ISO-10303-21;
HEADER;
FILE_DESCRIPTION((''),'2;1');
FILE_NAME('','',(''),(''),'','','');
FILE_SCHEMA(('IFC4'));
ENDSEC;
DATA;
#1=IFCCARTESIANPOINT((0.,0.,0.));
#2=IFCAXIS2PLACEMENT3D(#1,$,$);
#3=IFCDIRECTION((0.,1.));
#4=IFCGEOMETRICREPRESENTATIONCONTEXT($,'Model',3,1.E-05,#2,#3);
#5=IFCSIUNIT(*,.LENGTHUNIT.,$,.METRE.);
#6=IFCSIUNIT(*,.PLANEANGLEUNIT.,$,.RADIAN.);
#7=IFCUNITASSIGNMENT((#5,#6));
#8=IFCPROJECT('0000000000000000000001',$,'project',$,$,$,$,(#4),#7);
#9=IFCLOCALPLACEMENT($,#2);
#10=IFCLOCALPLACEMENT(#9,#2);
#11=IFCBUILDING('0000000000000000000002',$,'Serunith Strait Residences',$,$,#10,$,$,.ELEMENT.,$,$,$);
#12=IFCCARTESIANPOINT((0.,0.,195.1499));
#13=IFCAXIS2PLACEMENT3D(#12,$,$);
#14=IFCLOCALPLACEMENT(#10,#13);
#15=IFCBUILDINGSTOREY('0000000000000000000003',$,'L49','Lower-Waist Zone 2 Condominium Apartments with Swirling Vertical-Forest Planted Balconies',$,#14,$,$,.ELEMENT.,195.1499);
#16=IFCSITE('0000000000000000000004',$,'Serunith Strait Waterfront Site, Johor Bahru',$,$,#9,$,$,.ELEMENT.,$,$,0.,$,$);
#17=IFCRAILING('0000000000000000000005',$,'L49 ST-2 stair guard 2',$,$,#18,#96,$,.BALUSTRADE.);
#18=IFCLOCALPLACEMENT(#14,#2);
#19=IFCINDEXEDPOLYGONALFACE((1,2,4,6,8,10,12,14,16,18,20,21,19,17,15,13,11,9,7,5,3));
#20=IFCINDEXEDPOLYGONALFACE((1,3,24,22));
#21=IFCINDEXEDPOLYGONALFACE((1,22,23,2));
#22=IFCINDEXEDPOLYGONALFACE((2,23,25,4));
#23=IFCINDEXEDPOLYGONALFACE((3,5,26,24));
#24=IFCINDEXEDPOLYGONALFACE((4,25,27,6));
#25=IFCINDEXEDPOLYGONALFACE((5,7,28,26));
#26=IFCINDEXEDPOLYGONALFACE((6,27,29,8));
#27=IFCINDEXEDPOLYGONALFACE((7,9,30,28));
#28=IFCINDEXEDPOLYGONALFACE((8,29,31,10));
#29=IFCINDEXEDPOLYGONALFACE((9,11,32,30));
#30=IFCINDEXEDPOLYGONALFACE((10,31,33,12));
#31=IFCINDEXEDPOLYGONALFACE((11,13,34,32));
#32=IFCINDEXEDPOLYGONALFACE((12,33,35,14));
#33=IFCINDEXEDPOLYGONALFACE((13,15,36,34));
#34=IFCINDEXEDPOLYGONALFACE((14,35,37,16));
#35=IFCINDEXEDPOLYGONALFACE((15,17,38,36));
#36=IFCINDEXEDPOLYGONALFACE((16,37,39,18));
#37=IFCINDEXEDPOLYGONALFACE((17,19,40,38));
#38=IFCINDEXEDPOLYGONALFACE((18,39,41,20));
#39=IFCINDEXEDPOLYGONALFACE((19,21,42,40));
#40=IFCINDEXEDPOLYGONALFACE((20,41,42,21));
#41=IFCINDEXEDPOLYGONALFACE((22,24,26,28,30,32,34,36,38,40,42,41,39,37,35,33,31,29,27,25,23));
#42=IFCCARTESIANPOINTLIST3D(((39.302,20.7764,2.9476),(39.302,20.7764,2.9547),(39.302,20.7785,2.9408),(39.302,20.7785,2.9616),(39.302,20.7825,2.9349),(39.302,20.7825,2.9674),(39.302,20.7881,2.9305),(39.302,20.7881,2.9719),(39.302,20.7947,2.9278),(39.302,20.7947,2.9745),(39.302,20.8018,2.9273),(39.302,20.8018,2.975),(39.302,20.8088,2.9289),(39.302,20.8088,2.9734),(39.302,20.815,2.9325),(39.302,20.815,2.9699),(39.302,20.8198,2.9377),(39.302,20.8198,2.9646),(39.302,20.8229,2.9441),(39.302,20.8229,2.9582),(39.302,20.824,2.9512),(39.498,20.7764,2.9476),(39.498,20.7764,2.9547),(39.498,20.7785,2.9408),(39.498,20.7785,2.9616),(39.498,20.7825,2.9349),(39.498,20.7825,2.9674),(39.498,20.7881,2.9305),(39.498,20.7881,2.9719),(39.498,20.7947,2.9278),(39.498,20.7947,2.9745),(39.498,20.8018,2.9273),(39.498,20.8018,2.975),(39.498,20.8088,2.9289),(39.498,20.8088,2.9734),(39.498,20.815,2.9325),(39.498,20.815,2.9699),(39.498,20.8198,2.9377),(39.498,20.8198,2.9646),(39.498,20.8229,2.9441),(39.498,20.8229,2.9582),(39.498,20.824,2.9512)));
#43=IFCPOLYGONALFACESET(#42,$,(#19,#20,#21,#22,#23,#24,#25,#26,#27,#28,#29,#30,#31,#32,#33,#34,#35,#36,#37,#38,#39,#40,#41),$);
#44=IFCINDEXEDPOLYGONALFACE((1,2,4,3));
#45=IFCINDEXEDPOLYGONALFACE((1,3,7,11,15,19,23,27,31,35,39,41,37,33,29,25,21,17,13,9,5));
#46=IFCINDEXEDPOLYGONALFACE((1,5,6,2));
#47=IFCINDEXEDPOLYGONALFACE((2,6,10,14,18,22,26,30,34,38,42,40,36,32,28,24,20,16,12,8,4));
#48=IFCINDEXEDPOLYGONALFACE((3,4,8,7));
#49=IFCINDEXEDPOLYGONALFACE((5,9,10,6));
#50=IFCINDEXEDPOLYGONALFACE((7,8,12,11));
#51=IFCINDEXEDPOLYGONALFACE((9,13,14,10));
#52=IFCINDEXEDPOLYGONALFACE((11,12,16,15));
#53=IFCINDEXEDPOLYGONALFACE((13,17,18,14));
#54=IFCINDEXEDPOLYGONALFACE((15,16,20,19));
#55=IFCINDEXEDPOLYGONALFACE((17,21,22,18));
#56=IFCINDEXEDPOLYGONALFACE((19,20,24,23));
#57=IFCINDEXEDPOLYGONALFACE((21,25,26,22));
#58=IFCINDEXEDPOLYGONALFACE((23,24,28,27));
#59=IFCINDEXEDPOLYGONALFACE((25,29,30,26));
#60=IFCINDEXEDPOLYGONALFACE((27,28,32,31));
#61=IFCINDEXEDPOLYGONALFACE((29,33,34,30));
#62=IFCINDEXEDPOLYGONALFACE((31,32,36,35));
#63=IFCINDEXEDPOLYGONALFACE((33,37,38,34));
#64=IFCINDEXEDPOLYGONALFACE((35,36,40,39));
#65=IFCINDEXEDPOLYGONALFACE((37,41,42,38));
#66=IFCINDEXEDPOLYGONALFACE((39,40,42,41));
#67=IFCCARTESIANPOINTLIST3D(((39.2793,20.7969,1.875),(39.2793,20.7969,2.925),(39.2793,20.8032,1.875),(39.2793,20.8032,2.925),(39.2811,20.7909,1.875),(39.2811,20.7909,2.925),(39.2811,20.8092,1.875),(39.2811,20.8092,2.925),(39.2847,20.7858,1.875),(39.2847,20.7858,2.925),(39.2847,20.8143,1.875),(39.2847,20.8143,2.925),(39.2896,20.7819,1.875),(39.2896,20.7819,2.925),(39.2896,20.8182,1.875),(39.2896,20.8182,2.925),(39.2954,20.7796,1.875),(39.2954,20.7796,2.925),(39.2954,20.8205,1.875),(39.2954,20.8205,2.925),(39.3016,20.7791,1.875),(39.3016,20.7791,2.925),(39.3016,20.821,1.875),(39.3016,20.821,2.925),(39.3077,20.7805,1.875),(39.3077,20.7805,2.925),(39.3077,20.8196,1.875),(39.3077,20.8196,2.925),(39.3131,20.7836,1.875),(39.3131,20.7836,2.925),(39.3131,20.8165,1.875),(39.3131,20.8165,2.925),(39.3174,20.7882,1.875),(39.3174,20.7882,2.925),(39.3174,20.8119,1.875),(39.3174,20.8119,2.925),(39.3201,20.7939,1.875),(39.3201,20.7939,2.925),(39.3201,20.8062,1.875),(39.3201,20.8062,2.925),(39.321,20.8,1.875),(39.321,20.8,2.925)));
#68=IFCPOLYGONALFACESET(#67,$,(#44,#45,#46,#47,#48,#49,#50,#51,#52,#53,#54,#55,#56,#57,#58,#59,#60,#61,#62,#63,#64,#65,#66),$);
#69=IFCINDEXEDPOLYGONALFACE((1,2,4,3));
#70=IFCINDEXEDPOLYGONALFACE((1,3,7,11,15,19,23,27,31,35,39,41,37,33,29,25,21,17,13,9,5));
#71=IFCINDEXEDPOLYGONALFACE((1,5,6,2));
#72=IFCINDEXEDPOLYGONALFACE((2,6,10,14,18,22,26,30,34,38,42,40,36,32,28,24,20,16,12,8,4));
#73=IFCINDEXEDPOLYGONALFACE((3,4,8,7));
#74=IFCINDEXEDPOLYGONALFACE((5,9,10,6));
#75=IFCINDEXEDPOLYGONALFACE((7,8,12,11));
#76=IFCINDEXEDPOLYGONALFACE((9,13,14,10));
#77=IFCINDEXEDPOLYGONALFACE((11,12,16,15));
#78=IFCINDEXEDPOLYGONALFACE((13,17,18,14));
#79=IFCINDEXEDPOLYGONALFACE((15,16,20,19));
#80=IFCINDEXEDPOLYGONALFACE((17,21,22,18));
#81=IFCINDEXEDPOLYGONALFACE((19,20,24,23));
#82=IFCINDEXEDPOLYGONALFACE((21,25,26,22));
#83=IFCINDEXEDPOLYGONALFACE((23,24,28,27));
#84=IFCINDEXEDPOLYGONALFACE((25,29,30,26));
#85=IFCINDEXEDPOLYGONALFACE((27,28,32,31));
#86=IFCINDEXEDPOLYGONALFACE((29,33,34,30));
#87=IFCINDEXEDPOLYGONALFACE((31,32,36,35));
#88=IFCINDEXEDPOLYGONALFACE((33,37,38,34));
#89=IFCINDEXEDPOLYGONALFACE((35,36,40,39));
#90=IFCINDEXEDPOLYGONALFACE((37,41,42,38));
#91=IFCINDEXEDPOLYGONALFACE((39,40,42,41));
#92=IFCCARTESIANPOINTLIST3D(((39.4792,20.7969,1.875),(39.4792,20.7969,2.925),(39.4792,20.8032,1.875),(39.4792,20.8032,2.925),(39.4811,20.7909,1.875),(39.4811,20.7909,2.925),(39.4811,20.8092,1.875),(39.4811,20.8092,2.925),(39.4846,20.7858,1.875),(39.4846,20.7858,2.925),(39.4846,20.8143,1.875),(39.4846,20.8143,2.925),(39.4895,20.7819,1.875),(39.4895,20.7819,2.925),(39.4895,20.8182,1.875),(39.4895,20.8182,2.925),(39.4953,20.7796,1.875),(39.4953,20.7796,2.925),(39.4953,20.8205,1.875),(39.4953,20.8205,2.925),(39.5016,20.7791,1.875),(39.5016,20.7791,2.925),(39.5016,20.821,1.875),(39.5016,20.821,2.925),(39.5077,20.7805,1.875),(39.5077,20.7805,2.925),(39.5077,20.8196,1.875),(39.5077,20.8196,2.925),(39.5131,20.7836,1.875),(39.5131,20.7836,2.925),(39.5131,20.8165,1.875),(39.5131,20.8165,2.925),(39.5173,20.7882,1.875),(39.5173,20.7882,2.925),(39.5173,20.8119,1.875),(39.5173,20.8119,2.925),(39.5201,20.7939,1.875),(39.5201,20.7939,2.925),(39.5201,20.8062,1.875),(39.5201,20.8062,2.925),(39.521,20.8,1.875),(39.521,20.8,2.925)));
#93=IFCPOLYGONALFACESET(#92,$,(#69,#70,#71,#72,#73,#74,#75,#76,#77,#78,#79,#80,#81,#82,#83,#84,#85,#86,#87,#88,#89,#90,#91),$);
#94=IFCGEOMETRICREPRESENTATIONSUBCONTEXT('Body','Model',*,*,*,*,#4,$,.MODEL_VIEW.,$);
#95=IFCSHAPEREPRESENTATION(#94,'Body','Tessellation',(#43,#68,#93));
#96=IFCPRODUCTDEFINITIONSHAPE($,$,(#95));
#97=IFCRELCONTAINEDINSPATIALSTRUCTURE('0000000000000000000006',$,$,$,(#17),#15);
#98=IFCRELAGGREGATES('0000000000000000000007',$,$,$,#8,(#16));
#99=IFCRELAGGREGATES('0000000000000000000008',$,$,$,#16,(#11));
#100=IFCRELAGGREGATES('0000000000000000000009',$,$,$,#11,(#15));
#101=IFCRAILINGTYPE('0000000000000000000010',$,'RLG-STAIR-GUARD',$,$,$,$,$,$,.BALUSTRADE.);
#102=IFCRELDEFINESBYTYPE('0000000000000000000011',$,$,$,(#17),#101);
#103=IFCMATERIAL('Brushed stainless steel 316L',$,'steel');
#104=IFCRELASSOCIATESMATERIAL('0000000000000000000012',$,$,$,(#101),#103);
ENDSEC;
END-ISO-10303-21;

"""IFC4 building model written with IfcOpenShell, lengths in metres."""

from ifc_helpers import new_model, si_unit, direction, frame, origin, origin_2d, place, context, subcontext, project, spatial, circle, extrude, material, type_object, element, save


model = new_model("IFC4")

# Units and contexts
model_context = context("Model", 3, precision=1e-05, world=origin(), true_north=direction((0.0, 1.0)))
body_context = subcontext(model_context, "Body", "Model", "MODEL_VIEW")
ifc_project = project(units=[si_unit("LENGTHUNIT", "METRE"), si_unit("PLANEANGLEUNIT", "RADIAN")], contexts=[model_context])

# Site, building, storey
site_placement = place(None, origin())
site = spatial("IfcSite", under=ifc_project, at=site_placement, Name="Serunith Strait Waterfront Site, Johor Bahru", CompositionType="ELEMENT", RefElevation=0.0)
building_placement = place(site_placement, origin())
building = spatial("IfcBuilding", under=site, at=building_placement, Name="Serunith Strait Residences", CompositionType="ELEMENT")
storey_placement = place(building_placement, frame((0.0, 0.0, 195.1499)))
storey = spatial("IfcBuildingStorey", under=building, at=storey_placement, Name="L49", Description="Lower-Waist Zone 2 Condominium Apartments with Swirling Vertical-Forest Planted Balconies", CompositionType="ELEMENT", Elevation=195.1499)

# Railing
ifc_material_1 = material(Name="Brushed stainless steel 316L", Category="steel")
railing_type_1 = type_object("IfcRailingType", Name="RLG-STAIR-GUARD", PredefinedType="BALUSTRADE", material=ifc_material_1)
railing_1_placement = place(storey_placement, frame((39.3, 20.8, 1.875)))
element("IfcRailing", 1, at=railing_1_placement, inside=storey, type_object=railing_type_1, Name="L49 ST-2 stair guard 2", PredefinedType="BALUSTRADE", context=body_context, shape_type="SweptSolid", body=[
    extrude(circle(Radius=0.0239, at=origin_2d()), frame((0.002, 0.0, 1.0762), z_axis=(1.0, 0.0, 0.0), x_axis=(0.0, 1.0, 0.0)), (0.0, 0.0, 1.0), 0.196),
    extrude(circle(Radius=0.021, at=origin_2d()), origin(), (0.0, 0.0, 1.0), 1.05),
    extrude(circle(Radius=0.021, at=origin_2d()), frame((0.2, 0.0, 0.0)), (0.0, 0.0, 1.0), 1.05),
])

save(model, "model.ifc")
